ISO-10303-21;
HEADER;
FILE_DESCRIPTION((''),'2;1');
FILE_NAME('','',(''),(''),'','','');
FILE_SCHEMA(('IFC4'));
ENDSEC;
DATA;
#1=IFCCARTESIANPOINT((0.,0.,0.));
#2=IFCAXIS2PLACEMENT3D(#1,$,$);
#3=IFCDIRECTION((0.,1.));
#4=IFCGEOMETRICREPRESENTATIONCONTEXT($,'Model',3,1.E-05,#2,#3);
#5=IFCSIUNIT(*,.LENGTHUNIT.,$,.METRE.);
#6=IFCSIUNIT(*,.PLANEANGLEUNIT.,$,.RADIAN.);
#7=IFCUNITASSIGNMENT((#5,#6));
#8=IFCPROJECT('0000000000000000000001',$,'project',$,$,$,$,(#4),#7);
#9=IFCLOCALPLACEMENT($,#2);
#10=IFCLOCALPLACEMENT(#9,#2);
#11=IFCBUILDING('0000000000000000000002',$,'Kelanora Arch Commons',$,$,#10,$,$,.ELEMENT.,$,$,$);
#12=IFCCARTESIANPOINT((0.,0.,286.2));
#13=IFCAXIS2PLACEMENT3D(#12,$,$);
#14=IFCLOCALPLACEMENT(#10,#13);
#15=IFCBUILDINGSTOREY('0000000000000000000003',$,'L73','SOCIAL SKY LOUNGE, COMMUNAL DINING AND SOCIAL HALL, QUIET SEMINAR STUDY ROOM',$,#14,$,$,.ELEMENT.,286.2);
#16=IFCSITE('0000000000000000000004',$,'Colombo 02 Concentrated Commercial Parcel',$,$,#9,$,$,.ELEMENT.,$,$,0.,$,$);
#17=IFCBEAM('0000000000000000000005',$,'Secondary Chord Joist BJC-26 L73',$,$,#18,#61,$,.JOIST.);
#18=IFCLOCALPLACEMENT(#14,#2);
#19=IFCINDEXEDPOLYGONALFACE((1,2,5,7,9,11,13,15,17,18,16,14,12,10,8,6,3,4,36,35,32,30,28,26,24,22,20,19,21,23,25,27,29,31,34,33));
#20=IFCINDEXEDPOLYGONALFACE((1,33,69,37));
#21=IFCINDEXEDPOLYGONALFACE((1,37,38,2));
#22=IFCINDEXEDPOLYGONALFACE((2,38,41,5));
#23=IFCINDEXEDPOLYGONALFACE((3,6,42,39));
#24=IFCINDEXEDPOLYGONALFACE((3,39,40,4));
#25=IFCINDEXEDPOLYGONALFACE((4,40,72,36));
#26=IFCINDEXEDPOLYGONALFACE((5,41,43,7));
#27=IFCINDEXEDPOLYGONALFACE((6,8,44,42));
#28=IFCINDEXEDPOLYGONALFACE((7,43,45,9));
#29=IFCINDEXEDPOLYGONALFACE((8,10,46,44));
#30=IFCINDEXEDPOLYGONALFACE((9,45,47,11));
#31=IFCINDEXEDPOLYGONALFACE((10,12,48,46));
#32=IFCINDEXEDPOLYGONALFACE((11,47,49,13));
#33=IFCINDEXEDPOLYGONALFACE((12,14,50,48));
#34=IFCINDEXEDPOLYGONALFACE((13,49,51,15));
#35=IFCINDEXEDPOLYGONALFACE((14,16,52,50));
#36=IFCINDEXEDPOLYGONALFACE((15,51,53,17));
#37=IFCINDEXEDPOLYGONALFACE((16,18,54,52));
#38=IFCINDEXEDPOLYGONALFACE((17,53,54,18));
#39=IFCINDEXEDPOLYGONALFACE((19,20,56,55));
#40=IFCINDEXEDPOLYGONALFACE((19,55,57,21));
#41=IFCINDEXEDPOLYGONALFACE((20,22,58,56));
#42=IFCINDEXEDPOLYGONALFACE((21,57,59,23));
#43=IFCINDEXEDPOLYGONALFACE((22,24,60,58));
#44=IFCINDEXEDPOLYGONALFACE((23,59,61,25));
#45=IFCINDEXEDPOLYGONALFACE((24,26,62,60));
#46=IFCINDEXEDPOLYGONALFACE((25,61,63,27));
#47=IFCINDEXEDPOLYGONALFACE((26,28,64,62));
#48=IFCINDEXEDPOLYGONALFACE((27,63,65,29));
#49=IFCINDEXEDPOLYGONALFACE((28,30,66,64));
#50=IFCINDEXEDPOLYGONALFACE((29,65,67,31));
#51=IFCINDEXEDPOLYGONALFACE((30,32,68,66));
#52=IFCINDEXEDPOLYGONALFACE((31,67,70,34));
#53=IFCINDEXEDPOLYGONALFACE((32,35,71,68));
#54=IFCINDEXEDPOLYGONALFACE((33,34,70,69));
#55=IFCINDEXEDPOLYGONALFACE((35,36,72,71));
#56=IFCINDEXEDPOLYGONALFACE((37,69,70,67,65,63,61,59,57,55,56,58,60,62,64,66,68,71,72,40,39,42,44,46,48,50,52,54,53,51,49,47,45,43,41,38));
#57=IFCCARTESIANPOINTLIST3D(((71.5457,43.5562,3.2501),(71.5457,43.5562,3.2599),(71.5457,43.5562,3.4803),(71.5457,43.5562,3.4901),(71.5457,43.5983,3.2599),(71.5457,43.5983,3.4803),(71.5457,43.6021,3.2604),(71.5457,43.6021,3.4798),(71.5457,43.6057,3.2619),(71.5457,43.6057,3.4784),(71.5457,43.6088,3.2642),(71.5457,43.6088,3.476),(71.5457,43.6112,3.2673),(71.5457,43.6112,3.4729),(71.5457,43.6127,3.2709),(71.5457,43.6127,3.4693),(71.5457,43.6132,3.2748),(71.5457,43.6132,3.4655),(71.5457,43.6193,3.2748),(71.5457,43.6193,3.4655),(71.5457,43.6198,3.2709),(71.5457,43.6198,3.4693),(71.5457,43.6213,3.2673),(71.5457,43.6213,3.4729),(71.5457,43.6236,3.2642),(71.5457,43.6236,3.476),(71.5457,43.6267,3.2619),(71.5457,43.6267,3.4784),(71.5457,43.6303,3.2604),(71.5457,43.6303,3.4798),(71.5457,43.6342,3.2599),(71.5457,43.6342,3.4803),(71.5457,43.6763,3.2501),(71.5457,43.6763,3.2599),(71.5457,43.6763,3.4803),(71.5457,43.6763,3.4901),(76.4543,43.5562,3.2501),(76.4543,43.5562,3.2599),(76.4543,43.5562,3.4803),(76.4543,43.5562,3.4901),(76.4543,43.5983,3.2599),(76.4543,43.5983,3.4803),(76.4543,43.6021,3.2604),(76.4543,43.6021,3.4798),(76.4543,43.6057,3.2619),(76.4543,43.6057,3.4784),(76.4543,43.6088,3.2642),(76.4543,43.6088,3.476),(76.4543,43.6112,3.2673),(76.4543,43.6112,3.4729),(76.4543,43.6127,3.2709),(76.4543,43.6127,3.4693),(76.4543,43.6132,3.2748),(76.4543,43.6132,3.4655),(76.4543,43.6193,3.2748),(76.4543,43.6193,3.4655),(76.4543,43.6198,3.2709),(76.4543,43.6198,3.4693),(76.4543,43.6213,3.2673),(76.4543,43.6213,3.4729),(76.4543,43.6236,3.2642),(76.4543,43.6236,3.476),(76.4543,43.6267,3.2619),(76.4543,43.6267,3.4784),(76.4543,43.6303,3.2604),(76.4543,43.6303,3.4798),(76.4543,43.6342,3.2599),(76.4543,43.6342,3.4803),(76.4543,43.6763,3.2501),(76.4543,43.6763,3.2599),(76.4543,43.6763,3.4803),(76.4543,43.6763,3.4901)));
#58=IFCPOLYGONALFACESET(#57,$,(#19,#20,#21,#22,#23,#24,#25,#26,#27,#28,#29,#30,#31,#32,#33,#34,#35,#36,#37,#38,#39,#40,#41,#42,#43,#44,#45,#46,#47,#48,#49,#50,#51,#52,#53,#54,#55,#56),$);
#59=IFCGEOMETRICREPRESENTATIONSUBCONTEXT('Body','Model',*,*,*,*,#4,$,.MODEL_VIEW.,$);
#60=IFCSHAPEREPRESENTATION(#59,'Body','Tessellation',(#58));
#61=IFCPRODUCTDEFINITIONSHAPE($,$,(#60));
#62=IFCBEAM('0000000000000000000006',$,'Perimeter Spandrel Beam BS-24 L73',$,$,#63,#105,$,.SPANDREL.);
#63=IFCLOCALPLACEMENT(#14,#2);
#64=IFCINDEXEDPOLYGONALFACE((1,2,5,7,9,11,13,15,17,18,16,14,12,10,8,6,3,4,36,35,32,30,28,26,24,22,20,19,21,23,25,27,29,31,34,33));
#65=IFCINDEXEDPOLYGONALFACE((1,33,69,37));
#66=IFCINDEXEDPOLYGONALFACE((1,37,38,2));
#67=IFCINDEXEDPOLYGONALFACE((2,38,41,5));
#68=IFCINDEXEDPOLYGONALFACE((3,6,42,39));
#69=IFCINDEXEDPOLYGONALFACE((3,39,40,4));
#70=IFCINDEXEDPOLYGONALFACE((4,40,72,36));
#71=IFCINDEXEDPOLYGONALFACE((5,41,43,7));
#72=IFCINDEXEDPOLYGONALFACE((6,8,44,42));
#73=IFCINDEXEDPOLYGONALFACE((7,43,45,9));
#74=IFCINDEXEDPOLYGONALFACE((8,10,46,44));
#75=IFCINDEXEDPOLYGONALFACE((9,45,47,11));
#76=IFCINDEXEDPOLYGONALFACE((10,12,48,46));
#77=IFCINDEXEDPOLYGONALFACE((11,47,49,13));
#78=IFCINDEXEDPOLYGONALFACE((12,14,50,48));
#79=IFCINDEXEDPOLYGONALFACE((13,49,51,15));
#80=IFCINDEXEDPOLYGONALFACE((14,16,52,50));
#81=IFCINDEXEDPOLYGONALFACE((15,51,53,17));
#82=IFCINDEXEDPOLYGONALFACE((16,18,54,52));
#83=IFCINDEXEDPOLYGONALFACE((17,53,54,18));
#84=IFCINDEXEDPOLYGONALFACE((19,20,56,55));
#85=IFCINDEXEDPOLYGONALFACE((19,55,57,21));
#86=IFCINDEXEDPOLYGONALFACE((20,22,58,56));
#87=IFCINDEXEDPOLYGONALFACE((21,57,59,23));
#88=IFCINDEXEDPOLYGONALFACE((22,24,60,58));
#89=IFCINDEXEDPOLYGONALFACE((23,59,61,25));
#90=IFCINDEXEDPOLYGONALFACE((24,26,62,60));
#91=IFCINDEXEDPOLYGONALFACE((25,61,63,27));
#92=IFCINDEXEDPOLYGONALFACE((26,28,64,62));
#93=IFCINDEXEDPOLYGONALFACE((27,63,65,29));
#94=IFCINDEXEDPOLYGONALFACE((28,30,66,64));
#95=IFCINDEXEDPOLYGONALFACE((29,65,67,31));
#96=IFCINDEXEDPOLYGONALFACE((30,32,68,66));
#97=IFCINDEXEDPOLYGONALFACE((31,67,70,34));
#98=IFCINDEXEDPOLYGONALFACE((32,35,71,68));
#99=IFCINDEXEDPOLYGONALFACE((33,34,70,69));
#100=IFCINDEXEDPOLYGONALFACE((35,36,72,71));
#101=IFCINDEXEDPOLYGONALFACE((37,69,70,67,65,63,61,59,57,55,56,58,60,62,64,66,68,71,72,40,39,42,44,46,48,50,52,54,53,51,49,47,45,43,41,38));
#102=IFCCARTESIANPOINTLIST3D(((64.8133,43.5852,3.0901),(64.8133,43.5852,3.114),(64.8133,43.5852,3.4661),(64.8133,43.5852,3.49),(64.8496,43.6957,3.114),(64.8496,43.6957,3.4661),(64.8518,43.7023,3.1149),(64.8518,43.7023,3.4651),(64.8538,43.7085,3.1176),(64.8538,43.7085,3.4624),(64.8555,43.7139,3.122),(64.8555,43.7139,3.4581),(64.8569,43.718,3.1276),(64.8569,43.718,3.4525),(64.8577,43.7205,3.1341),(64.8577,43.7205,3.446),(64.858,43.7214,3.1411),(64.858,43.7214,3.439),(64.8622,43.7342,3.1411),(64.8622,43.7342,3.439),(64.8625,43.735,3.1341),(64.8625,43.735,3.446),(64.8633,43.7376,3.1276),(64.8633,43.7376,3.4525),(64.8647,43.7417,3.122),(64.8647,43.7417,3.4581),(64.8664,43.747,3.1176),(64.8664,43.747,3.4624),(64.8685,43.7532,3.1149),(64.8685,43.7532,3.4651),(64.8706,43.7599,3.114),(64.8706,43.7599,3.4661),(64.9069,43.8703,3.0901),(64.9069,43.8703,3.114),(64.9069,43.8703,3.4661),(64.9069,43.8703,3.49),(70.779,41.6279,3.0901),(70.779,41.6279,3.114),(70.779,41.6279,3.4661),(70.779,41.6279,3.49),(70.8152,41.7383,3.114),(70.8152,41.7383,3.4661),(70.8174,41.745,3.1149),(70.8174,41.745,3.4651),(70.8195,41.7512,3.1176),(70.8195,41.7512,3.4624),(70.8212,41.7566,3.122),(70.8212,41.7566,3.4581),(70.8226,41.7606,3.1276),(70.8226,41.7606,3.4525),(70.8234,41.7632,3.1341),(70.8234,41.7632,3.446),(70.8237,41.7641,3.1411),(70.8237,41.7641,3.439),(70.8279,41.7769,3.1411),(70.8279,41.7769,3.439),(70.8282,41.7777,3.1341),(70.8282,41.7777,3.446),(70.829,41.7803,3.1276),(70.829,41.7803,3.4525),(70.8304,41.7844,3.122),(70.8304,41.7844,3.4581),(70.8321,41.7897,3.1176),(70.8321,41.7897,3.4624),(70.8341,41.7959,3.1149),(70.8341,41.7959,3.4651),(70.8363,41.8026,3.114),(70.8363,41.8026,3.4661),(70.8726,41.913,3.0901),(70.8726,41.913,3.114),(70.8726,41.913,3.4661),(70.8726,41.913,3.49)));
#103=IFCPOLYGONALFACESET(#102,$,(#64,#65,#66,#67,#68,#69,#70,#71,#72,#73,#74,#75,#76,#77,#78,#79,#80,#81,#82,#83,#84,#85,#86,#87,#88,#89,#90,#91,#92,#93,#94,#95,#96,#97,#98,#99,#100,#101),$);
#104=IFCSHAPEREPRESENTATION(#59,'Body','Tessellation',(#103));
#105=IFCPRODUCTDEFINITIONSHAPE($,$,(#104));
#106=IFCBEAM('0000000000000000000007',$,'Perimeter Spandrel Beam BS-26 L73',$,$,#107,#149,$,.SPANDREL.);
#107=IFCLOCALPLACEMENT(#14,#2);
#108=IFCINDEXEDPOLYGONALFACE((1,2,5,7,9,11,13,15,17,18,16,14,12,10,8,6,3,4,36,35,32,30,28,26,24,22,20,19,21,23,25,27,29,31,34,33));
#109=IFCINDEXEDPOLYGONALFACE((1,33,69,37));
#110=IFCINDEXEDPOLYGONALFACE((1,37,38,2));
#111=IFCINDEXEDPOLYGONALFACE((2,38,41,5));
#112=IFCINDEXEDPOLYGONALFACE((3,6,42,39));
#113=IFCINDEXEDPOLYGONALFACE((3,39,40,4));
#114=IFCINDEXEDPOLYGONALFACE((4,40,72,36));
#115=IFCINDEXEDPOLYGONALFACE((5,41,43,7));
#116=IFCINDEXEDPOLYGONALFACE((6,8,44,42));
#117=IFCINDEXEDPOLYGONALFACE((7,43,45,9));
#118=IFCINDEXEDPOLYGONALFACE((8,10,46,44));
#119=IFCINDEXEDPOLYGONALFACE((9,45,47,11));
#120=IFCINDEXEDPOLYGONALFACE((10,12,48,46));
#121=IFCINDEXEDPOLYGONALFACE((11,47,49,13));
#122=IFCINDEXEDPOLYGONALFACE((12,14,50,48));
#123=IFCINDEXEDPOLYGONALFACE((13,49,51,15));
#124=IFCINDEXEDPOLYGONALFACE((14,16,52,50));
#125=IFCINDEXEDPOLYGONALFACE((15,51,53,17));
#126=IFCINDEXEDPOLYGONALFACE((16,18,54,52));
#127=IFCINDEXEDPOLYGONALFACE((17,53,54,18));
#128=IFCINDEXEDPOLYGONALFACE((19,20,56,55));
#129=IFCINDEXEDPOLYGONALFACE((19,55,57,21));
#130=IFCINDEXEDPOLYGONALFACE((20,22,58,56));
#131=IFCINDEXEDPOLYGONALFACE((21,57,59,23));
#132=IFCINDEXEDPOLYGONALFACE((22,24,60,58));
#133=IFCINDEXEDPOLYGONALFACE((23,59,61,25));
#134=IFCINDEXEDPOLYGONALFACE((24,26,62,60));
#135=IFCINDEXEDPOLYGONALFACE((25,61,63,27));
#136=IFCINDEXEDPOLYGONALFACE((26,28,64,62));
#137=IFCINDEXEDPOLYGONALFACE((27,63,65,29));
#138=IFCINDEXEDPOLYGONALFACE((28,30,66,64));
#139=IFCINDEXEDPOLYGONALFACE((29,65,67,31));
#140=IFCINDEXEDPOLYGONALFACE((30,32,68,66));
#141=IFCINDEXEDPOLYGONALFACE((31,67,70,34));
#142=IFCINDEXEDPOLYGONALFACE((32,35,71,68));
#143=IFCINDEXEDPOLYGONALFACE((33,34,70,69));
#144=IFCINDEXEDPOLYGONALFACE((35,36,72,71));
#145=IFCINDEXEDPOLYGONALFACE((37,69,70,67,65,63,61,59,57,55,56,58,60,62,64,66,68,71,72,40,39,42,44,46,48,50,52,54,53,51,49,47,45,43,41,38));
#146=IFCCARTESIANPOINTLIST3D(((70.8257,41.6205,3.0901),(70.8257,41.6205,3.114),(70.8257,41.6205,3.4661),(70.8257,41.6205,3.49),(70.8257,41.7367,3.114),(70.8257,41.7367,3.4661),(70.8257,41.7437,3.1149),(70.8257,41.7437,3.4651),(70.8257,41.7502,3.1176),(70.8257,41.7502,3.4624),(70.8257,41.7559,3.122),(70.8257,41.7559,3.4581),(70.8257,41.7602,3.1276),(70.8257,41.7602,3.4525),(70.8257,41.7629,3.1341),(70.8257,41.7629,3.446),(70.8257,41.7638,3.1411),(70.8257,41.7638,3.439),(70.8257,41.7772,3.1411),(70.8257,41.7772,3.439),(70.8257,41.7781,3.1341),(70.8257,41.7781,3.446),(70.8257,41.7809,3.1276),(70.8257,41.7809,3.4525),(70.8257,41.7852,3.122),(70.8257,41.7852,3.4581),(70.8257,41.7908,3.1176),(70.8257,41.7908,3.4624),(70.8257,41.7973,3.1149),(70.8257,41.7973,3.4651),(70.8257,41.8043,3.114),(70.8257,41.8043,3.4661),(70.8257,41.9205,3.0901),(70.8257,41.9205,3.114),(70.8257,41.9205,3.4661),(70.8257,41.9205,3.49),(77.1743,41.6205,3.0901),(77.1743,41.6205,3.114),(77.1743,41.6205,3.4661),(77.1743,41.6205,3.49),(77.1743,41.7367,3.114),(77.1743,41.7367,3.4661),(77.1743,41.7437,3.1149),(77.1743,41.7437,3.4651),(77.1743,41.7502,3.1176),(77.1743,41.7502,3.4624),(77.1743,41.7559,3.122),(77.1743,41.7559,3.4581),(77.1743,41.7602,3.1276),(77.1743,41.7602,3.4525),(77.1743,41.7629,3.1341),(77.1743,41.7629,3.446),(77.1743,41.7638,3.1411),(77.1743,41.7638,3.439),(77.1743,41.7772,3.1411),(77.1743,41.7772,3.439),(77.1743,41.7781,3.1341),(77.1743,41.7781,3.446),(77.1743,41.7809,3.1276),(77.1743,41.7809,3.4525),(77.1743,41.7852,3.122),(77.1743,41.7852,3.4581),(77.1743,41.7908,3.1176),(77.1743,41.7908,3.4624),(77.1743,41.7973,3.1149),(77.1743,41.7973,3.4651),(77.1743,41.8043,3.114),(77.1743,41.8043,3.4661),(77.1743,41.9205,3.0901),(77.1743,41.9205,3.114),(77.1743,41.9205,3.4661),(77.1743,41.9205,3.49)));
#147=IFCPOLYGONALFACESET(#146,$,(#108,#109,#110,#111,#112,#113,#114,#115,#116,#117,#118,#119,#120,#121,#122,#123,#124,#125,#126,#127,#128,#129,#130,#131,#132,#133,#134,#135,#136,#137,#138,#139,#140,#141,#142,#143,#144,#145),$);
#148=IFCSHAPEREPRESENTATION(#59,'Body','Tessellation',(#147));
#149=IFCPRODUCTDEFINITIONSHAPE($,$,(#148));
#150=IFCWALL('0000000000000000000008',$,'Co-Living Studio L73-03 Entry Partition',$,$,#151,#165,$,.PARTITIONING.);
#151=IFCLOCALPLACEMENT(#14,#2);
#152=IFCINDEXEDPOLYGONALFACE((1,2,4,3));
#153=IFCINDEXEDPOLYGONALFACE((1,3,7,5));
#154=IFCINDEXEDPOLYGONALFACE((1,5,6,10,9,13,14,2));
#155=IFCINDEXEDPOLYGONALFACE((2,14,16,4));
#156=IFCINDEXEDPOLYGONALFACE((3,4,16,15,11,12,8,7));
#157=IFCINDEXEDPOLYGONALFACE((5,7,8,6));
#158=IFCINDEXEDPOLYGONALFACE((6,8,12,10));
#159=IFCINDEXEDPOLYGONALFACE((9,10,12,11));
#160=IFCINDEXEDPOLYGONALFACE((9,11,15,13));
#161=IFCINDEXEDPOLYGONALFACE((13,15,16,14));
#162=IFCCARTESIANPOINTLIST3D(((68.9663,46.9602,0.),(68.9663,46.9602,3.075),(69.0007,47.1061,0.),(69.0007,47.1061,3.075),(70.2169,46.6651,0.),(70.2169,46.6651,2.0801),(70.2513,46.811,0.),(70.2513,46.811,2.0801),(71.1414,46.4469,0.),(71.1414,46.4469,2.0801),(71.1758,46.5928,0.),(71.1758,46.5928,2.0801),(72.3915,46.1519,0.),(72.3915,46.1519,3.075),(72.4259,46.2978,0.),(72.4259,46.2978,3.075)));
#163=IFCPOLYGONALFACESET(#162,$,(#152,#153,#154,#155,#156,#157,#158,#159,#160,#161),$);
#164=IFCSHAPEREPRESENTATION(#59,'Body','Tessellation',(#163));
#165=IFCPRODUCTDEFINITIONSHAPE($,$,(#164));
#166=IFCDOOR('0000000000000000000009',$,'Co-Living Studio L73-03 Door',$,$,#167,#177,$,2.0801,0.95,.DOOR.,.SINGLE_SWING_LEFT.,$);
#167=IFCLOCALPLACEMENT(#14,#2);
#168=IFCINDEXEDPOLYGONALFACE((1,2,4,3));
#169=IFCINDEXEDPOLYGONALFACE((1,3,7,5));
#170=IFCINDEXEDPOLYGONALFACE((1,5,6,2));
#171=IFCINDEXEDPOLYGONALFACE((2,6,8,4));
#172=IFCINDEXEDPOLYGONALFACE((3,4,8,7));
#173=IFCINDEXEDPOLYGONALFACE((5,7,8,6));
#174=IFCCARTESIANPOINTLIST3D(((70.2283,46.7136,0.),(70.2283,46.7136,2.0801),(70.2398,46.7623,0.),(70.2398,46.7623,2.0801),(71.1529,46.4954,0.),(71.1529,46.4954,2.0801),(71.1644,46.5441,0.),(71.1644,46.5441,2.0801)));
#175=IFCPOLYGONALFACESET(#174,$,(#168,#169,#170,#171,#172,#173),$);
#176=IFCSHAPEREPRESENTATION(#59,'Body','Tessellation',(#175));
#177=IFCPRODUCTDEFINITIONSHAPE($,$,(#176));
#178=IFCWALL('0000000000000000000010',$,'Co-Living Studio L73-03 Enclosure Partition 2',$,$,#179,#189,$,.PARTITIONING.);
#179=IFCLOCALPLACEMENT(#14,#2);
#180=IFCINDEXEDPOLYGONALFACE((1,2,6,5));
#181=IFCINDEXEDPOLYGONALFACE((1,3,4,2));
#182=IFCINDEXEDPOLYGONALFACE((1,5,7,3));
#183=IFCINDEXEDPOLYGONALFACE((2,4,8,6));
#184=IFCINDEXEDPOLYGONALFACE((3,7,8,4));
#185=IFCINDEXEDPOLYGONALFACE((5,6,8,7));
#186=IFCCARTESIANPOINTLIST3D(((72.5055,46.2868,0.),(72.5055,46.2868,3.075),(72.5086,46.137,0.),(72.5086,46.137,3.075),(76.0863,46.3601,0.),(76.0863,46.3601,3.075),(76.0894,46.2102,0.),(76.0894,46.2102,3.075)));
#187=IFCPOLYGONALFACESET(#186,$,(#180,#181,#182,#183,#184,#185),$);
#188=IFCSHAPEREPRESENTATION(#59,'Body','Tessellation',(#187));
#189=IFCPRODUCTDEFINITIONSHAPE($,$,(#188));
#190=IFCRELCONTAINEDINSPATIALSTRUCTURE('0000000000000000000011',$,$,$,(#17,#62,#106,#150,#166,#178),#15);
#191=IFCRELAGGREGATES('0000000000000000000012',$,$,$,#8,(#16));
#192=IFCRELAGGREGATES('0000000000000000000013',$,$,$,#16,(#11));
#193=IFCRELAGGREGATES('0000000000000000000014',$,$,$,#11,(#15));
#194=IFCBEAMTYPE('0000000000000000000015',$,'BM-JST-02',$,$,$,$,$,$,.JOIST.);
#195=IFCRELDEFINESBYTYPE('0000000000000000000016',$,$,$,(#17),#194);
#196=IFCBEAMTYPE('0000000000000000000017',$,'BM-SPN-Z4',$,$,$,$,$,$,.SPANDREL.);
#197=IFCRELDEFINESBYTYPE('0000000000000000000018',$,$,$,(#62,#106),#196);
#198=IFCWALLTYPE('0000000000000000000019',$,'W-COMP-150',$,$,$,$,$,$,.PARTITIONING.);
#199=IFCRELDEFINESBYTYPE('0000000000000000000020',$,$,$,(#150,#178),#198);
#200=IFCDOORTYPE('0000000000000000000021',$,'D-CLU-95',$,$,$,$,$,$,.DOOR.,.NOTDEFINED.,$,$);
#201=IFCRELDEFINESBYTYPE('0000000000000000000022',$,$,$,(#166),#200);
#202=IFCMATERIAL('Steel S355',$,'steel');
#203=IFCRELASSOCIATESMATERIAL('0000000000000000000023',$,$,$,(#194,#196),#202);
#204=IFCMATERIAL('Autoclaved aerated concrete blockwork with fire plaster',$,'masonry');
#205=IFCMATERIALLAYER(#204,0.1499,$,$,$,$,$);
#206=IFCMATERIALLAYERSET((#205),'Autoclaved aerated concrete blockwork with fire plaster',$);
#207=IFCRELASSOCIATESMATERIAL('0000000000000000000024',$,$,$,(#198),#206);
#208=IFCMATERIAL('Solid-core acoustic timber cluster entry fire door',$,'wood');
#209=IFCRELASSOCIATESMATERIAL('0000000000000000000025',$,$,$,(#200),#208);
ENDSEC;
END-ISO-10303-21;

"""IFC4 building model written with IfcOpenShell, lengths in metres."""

from ifc_helpers import new_model, si_unit, direction, frame, frame_2d, origin, origin_2d, place, context, subcontext, project, spatial, rectangle, i_section, extrude, material, layer, layer_set, material_profile, profile_set, type_object, element, fill, save


model = new_model("IFC4")

# Units and contexts
model_context = context("Model", 3, precision=1e-05, world=origin(), true_north=direction((0.0, 1.0)))
body_context = subcontext(model_context, "Body", "Model", "MODEL_VIEW")
ifc_project = project(units=[si_unit("LENGTHUNIT", "METRE"), si_unit("PLANEANGLEUNIT", "RADIAN")], contexts=[model_context])

# Site, building, storey
site_placement = place(None, origin())
site = spatial("IfcSite", under=ifc_project, at=site_placement, Name="Colombo 02 Concentrated Commercial Parcel", CompositionType="ELEMENT", RefElevation=0.0)
building_placement = place(site_placement, origin())
building = spatial("IfcBuilding", under=site, at=building_placement, Name="Kelanora Arch Commons", CompositionType="ELEMENT")
storey_placement = place(building_placement, frame((0.0, 0.0, 286.2)))
storey = spatial("IfcBuildingStorey", under=building, at=storey_placement, Name="L73", Description="SOCIAL SKY LOUNGE, COMMUNAL DINING AND SOCIAL HALL, QUIET SEMINAR STUDY ROOM", CompositionType="ELEMENT", Elevation=286.2)

# Beams
ifc_material_1 = material(Name="Steel S355", Category="steel")
ifc_material_profile_1 = material_profile(ifc_material_1, i_section(OverallWidth=0.1201, OverallDepth=0.24, WebThickness=0.0061, FlangeThickness=0.0098, FilletRadius=0.0149, at=origin_2d()), Name="IPE240")
ifc_profile_set_1 = profile_set([ifc_material_profile_1], Name="Steel S355")
beam_type_1 = type_object("IfcBeamType", Name="BM-JST-02", PredefinedType="JOIST", material=ifc_profile_set_1)
beam_1_placement = place(storey_placement, frame((71.5457, 43.6162, 3.3701), z_axis=(1.0, 0.0, 0.0), x_axis=(0.0, 1.0, 0.0)))
element("IfcBeam", 1, at=beam_1_placement, inside=storey, type_object=beam_type_1, Name="Secondary Chord Joist BJC-26 L73", PredefinedType="JOIST", context=body_context, shape_type="SweptSolid", body=[
    extrude(i_section(OverallWidth=0.1201, OverallDepth=0.24, WebThickness=0.0061, FlangeThickness=0.0098, FilletRadius=0.0149, at=origin_2d()), origin(), (0.0, 0.0, 1.0), 4.9087),
])
ifc_material_profile_2 = material_profile(ifc_material_1, i_section(OverallWidth=0.3, OverallDepth=0.3999, WebThickness=0.0134, FlangeThickness=0.0239, FilletRadius=0.0271, at=origin_2d()), Name="HEB400")
ifc_profile_set_2 = profile_set([ifc_material_profile_2], Name="Steel S355")
beam_type_2 = type_object("IfcBeamType", Name="BM-SPN-Z4", PredefinedType="SPANDREL", material=ifc_profile_set_2)
beam_2_placement = place(storey_placement, frame((64.8601, 43.7278, 3.29), z_axis=(0.950166, -0.311745, 0.0), x_axis=(0.311745, 0.950166, 0.0)))
element("IfcBeam", 2, at=beam_2_placement, inside=storey, type_object=beam_type_2, Name="Perimeter Spandrel Beam BS-24 L73", PredefinedType="SPANDREL", context=body_context, shape_type="SweptSolid", body=[
    extrude(i_section(OverallWidth=0.3, OverallDepth=0.3999, WebThickness=0.0134, FlangeThickness=0.0239, FilletRadius=0.0271, at=origin_2d()), origin(), (0.0, 0.0, 1.0), 6.2786),
])
beam_3_placement = place(storey_placement, frame((70.8257, 41.7705, 3.29), z_axis=(1.0, 0.0, 0.0), x_axis=(0.0, 1.0, 0.0)))
element("IfcBeam", 3, at=beam_3_placement, inside=storey, type_object=beam_type_2, Name="Perimeter Spandrel Beam BS-26 L73", PredefinedType="SPANDREL", context=body_context, shape_type="SweptSolid", body=[
    extrude(i_section(OverallWidth=0.3, OverallDepth=0.3999, WebThickness=0.0134, FlangeThickness=0.0239, FilletRadius=0.0271, at=origin_2d()), origin(), (0.0, 0.0, 1.0), 6.3486),
])

# Wall, opening, door
ifc_material_2 = material(Name="Autoclaved aerated concrete blockwork with fire plaster", Category="masonry")
ifc_layer_1 = layer(ifc_material_2, 0.1499)
ifc_layer_set_1 = layer_set([ifc_layer_1], Name="Autoclaved aerated concrete blockwork with fire plaster")
wall_type_1 = type_object("IfcWallType", Name="W-COMP-150", PredefinedType="PARTITIONING", material=ifc_layer_set_1)
wall_1_placement = place(storey_placement, frame((68.9834, 47.0332, 0.0), z_axis=(0.0, 0.0, 1.0), x_axis=(0.973265, -0.229685, 0.0)))
wall_1 = element("IfcWall", 4, at=wall_1_placement, inside=storey, type_object=wall_type_1, Name="Co-Living Studio L73-03 Entry Partition", PredefinedType="PARTITIONING", context=body_context, shape_type="SweptSolid", body=[
    extrude(rectangle(XDim=3.5193, YDim=0.1499, at=frame_2d((1.7598, 0.0))), origin(), (0.0, 0.0, 1.0), 3.075),
])
opening_1_placement = place(wall_1_placement, frame((1.2849, 0.0, 0.0)))
opening_1 = element("IfcOpeningElement", 5, at=opening_1_placement, cuts=wall_1, PredefinedType="OPENING", context=body_context, shape_type="SweptSolid", body=[
    extrude(rectangle(XDim=0.95, YDim=2.0801, at=frame_2d((0.4751, 1.04))), frame((0.0, 0.085, 0.0), z_axis=(0.0, -1.0, 0.0), x_axis=(1.0, 0.0, 0.0)), (0.0, 0.0, 1.0), 0.1699),
])
ifc_material_3 = material(Name="Solid-core acoustic timber cluster entry fire door", Category="wood")
door_type_1 = type_object("IfcDoorType", Name="D-CLU-95", OperationType="NOTDEFINED", PredefinedType="DOOR", material=ifc_material_3)
door_1_placement = place(opening_1_placement, origin())
door_1 = element("IfcDoor", 6, at=door_1_placement, inside=storey, type_object=door_type_1, Name="Co-Living Studio L73-03 Door", OperationType="SINGLE_SWING_LEFT", OverallHeight=2.0801, OverallWidth=0.95, PredefinedType="DOOR", context=body_context, shape_type="SweptSolid", body=[
    extrude(rectangle(XDim=0.95, YDim=2.0801, at=frame_2d((0.4751, 1.04))), frame((0.0, 0.0249, 0.0), z_axis=(0.0, -1.0, 0.0), x_axis=(1.0, 0.0, 0.0)), (0.0, 0.0, 1.0), 0.05),
])
fill(opening_1, door_1)

# Wall
wall_2_placement = place(storey_placement, frame((72.5071, 46.2119, 0.0), z_axis=(0.0, 0.0, 1.0), x_axis=(0.999791, 0.02045, 0.0)))
element("IfcWall", 7, at=wall_2_placement, inside=storey, type_object=wall_type_1, Name="Co-Living Studio L73-03 Enclosure Partition 2", PredefinedType="PARTITIONING", context=body_context, shape_type="SweptSolid", body=[
    extrude(rectangle(XDim=3.5815, YDim=0.1499, at=frame_2d((1.7908, 0.0))), origin(), (0.0, 0.0, 1.0), 3.075),
])

save(model, "model.ifc")
